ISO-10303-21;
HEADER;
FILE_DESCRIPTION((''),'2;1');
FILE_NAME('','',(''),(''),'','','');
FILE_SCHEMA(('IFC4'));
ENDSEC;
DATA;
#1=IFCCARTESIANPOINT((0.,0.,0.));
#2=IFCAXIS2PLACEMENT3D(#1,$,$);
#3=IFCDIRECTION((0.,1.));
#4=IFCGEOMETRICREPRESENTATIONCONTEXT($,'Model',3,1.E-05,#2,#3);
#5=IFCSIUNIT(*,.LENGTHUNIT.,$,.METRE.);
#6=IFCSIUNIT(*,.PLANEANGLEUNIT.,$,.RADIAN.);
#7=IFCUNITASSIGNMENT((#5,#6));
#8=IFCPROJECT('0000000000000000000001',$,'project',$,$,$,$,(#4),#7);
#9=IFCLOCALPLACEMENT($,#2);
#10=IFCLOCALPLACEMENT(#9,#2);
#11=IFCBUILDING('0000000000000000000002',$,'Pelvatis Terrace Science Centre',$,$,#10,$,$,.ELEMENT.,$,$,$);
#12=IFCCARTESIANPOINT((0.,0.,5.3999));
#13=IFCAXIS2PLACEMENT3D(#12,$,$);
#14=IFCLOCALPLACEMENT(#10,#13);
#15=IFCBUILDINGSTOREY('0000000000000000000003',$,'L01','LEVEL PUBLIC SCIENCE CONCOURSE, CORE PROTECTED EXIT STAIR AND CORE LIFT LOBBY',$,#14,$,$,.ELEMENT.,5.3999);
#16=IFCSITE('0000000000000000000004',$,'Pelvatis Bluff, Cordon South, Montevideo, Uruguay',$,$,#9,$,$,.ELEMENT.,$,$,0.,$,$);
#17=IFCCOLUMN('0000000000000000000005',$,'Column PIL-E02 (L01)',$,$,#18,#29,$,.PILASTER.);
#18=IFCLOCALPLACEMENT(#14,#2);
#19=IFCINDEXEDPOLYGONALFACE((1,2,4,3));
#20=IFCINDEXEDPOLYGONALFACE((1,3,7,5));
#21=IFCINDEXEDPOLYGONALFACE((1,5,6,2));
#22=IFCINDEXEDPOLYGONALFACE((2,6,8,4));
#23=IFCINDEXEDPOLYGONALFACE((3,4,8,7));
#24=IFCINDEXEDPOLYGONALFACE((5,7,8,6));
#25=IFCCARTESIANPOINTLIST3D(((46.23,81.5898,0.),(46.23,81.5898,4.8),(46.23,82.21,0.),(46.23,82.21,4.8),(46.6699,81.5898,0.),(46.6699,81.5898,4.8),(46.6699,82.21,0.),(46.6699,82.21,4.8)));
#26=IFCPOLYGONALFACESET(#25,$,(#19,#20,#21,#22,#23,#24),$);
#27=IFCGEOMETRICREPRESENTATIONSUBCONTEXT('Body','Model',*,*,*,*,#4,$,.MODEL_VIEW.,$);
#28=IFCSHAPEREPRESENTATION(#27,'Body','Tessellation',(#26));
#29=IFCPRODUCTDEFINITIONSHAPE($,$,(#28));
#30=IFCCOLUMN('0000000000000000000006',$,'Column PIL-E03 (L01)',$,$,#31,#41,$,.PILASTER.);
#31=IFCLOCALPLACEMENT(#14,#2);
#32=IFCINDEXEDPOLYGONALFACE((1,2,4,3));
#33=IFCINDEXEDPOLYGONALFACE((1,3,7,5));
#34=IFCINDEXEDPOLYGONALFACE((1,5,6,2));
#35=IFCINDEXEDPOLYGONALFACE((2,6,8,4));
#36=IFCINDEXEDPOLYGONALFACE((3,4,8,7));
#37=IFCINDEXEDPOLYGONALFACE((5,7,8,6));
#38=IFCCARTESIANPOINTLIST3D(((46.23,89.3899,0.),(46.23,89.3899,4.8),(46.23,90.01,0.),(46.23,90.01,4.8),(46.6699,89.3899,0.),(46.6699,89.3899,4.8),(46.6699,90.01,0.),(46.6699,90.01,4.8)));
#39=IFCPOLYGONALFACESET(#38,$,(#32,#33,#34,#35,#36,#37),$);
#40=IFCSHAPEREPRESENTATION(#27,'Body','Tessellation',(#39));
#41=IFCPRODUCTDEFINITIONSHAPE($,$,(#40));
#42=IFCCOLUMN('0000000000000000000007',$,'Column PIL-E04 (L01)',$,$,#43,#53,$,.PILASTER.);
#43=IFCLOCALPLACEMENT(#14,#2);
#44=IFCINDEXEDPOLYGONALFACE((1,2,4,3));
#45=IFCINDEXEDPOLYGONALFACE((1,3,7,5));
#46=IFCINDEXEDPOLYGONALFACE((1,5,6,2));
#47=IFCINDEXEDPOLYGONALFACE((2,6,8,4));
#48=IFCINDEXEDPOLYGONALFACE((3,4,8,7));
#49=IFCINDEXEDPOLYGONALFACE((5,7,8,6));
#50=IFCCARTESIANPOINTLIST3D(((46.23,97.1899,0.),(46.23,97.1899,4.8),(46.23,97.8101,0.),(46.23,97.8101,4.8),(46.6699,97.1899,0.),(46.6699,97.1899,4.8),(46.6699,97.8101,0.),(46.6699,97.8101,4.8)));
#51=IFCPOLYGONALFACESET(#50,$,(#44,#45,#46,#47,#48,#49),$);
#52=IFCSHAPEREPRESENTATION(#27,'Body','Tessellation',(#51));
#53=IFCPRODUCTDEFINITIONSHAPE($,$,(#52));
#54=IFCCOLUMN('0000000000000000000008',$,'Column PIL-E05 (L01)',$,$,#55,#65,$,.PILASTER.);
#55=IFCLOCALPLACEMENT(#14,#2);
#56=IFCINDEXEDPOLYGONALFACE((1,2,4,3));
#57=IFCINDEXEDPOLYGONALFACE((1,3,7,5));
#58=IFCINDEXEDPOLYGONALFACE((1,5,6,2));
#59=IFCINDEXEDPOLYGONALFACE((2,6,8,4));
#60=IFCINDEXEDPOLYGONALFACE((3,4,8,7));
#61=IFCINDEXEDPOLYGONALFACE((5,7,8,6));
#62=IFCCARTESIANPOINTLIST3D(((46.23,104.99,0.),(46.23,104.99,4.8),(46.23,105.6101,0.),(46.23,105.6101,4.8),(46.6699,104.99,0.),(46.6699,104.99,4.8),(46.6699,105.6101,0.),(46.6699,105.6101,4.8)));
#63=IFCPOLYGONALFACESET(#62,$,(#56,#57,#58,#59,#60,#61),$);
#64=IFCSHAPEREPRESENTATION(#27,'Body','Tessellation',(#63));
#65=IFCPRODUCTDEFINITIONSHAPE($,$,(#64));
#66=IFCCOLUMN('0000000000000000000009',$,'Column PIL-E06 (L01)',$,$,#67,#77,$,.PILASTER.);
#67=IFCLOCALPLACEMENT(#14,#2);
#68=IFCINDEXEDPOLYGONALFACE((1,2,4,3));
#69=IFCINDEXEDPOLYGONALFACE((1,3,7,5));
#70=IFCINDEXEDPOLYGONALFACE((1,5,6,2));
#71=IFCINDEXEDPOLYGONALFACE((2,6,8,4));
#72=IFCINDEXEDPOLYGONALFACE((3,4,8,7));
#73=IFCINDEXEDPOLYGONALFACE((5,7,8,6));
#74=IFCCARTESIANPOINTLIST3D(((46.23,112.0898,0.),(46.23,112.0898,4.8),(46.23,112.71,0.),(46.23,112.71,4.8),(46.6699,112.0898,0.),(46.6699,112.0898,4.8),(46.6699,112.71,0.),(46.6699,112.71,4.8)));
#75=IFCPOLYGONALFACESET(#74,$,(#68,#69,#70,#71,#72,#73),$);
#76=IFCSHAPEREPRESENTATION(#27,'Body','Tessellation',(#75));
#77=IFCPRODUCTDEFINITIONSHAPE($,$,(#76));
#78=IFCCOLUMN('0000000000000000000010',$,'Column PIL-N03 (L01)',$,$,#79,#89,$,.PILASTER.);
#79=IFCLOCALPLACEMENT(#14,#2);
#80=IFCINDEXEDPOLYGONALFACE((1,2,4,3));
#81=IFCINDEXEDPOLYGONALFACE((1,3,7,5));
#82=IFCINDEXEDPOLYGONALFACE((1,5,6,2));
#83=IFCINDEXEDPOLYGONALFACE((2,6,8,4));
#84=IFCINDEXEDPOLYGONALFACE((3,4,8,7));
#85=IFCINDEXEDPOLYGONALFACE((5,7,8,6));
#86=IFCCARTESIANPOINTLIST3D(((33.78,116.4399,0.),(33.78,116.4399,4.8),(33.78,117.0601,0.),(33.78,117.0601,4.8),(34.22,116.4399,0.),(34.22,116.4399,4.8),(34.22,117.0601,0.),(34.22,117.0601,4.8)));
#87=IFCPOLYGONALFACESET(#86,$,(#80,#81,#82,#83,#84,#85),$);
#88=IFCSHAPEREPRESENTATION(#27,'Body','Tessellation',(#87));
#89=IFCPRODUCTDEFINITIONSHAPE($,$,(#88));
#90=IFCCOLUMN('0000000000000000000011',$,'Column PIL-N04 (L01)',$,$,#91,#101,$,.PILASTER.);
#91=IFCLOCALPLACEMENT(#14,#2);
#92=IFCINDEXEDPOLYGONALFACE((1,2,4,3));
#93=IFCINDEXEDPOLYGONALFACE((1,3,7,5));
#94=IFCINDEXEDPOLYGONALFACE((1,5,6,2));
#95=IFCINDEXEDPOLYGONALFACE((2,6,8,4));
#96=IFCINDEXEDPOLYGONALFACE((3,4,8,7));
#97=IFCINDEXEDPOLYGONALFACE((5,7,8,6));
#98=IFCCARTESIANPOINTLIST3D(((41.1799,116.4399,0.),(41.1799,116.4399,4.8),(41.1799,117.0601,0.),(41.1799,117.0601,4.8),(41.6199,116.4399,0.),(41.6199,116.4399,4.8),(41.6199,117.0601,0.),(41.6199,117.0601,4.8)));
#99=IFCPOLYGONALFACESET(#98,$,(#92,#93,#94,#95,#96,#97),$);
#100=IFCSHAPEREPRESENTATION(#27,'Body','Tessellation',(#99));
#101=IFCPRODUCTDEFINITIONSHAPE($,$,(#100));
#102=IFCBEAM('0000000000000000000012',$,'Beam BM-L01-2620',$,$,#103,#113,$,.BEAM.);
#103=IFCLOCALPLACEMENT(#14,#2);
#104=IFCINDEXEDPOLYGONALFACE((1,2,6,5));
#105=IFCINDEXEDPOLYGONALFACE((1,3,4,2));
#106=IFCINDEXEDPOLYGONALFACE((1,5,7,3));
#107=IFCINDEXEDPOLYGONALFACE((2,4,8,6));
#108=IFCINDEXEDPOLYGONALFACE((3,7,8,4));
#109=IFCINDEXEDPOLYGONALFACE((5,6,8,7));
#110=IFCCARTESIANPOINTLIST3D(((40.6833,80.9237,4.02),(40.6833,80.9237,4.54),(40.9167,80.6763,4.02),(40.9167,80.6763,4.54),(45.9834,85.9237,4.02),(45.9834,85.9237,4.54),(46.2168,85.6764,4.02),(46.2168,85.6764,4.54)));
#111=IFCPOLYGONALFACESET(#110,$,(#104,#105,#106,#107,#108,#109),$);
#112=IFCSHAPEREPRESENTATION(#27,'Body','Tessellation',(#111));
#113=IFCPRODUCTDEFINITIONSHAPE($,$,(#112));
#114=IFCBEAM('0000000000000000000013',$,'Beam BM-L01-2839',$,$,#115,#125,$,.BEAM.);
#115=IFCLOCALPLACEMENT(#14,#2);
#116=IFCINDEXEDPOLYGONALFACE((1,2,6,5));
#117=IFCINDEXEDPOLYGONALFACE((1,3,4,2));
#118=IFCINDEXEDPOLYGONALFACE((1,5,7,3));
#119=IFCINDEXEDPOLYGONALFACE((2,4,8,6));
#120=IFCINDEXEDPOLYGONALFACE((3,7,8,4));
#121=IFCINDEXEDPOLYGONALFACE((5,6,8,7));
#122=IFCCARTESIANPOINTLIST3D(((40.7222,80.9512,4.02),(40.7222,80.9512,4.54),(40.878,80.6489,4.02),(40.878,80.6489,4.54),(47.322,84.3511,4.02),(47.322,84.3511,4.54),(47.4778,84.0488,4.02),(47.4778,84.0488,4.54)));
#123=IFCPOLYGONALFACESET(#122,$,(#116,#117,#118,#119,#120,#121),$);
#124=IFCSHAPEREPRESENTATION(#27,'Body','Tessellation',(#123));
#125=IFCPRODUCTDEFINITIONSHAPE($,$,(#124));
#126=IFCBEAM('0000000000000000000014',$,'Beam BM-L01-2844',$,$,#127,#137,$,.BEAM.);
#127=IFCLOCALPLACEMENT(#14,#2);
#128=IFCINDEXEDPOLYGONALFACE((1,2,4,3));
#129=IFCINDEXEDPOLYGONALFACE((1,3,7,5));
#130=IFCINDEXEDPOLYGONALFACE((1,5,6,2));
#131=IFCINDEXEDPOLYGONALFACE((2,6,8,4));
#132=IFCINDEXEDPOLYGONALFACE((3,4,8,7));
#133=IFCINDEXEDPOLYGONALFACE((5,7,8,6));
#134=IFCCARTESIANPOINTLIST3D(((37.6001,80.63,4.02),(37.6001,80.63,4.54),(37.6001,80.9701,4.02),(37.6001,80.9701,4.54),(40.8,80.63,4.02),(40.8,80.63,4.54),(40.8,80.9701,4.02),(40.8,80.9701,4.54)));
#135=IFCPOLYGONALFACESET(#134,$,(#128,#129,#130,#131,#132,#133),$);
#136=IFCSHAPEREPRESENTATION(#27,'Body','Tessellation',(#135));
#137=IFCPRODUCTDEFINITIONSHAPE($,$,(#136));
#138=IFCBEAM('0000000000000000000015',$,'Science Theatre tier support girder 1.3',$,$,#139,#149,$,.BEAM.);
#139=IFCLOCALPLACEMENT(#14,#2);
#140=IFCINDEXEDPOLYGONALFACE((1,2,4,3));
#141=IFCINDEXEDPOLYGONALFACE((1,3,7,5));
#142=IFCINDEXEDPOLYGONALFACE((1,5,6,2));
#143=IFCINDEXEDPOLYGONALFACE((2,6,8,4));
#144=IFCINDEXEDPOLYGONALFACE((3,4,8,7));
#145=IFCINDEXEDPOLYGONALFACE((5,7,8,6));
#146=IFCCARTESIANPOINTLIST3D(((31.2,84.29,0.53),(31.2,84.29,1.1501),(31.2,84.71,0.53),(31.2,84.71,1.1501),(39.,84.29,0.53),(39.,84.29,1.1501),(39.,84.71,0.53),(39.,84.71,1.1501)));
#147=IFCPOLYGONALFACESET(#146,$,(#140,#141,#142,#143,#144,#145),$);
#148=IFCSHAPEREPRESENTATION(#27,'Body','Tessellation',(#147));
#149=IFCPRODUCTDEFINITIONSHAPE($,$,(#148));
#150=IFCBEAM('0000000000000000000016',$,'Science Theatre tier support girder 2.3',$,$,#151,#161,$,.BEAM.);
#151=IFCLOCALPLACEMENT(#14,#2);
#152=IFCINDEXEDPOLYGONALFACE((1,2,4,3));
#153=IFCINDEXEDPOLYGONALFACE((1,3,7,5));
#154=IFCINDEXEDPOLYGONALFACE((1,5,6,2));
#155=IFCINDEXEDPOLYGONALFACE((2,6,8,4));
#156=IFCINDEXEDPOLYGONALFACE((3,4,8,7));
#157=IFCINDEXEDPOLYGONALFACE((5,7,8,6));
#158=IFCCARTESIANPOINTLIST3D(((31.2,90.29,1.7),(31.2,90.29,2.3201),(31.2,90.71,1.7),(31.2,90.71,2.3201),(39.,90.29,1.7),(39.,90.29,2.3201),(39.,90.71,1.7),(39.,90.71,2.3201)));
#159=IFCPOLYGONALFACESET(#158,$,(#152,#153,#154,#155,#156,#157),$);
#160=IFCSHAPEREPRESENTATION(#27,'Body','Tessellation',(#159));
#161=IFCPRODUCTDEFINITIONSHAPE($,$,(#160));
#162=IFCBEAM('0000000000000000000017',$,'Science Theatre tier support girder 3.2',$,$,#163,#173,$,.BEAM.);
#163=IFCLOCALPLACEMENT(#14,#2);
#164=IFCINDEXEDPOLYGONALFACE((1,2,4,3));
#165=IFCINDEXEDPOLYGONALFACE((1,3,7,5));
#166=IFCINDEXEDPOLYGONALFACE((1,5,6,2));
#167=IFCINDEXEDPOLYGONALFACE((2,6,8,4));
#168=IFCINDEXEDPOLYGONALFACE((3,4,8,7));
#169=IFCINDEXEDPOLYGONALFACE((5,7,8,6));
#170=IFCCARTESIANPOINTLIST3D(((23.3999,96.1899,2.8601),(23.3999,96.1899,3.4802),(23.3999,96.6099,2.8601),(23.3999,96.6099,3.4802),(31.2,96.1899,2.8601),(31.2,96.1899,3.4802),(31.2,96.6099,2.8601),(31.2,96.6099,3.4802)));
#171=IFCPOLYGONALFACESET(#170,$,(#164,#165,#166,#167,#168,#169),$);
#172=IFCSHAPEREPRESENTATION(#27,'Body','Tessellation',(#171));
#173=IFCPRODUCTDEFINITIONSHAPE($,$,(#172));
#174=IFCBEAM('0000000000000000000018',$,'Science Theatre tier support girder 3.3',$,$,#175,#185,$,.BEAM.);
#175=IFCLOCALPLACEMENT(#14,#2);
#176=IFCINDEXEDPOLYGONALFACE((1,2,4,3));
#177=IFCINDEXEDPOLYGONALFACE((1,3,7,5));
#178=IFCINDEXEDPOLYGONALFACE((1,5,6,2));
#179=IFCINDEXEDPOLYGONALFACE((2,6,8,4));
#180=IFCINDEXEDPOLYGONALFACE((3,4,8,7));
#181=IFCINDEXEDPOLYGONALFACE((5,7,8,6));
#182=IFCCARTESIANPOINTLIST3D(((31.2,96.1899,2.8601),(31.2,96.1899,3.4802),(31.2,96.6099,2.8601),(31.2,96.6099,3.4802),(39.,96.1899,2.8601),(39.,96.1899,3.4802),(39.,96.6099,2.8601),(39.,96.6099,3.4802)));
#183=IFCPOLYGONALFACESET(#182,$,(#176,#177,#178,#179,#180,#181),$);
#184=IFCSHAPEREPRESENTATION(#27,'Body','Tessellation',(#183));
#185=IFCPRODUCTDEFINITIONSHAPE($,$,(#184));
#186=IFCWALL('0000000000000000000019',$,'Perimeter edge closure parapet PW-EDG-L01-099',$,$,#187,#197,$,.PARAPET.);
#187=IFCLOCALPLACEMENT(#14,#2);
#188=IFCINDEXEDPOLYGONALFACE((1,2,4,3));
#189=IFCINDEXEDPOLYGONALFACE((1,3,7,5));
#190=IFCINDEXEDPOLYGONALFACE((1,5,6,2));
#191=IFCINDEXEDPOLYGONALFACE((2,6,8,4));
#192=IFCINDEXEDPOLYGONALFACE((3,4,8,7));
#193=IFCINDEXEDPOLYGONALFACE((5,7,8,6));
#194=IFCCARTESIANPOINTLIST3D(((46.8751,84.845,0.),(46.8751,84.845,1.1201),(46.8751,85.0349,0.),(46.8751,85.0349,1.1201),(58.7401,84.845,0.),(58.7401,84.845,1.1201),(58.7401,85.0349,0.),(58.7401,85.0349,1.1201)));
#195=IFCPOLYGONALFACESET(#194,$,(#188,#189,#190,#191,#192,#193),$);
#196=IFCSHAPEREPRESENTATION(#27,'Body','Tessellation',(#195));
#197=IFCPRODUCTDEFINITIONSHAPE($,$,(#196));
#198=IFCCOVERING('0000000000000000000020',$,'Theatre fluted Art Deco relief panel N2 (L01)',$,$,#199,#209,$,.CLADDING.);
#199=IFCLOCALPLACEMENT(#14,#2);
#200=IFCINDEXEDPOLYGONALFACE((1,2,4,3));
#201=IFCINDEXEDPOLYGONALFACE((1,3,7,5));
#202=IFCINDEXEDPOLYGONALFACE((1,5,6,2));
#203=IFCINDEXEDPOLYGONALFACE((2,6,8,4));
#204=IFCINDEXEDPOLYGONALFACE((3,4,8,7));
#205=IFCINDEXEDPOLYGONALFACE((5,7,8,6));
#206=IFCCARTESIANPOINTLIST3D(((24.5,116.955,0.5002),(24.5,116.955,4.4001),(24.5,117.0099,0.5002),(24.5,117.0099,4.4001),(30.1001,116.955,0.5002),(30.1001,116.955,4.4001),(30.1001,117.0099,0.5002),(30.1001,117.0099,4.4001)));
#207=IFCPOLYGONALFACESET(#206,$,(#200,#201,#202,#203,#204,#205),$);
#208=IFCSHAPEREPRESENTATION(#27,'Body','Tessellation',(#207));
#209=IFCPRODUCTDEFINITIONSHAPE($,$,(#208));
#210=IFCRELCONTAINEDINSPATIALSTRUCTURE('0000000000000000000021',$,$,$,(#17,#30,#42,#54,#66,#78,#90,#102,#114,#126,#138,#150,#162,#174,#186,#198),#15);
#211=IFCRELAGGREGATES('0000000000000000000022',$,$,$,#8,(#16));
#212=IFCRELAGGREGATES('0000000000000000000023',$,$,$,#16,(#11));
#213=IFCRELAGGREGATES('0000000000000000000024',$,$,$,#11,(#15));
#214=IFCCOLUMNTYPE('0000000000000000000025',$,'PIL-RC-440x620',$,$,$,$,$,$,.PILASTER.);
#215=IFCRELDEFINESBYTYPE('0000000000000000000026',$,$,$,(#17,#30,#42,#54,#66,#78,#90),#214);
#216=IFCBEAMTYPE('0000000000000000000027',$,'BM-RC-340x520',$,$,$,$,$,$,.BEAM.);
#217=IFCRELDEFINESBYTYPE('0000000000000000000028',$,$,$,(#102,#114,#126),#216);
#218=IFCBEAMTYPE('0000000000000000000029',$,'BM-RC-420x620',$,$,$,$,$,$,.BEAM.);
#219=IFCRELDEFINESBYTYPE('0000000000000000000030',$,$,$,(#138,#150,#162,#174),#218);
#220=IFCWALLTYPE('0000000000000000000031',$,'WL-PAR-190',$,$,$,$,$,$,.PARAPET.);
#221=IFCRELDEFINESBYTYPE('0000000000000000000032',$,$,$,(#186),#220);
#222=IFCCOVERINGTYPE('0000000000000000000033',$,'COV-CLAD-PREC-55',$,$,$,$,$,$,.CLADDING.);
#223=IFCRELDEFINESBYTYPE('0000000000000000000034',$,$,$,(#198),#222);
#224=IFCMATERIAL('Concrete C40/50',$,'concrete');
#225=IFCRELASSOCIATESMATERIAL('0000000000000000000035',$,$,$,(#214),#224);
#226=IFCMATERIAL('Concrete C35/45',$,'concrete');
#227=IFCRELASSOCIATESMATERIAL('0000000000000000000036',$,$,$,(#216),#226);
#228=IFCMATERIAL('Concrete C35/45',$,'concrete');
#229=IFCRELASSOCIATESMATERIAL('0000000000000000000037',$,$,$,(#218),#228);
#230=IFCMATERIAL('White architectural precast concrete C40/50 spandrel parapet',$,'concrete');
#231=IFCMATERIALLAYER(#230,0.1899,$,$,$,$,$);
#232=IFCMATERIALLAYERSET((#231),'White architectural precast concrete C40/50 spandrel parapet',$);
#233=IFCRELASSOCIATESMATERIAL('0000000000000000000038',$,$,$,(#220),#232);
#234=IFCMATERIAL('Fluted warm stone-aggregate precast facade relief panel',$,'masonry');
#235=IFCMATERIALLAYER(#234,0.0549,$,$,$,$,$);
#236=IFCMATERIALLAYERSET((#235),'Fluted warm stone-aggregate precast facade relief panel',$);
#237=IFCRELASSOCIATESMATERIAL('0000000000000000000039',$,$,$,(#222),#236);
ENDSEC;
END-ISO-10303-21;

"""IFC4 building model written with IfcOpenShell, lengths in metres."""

from ifc_helpers import new_model, si_unit, direction, frame, frame_2d, origin, origin_2d, place, context, subcontext, project, spatial, rectangle, extrude, material, layer, layer_set, material_profile, profile_set, type_object, element, save


model = new_model("IFC4")

# Units and contexts
model_context = context("Model", 3, precision=1e-05, world=origin(), true_north=direction((0.0, 1.0)))
body_context = subcontext(model_context, "Body", "Model", "MODEL_VIEW")
ifc_project = project(units=[si_unit("LENGTHUNIT", "METRE"), si_unit("PLANEANGLEUNIT", "RADIAN")], contexts=[model_context])

# Site, building, storey
site_placement = place(None, origin())
site = spatial("IfcSite", under=ifc_project, at=site_placement, Name="Pelvatis Bluff, Cordon South, Montevideo, Uruguay", CompositionType="ELEMENT", RefElevation=0.0)
building_placement = place(site_placement, origin())
building = spatial("IfcBuilding", under=site, at=building_placement, Name="Pelvatis Terrace Science Centre", CompositionType="ELEMENT")
storey_placement = place(building_placement, frame((0.0, 0.0, 5.3999)))
storey = spatial("IfcBuildingStorey", under=building, at=storey_placement, Name="L01", Description="LEVEL PUBLIC SCIENCE CONCOURSE, CORE PROTECTED EXIT STAIR AND CORE LIFT LOBBY", CompositionType="ELEMENT", Elevation=5.3999)

# Columns
ifc_material_1 = material(Name="Concrete C40/50", Category="concrete")
ifc_material_profile_1 = material_profile(ifc_material_1, rectangle(XDim=0.4399, YDim=0.6201, at=origin_2d()), Name="RC-PIL 440x620")
ifc_profile_set_1 = profile_set([ifc_material_profile_1], Name="Concrete C40/50")
column_type_1 = type_object("IfcColumnType", Name="PIL-RC-440x620", PredefinedType="PILASTER", material=ifc_profile_set_1)
for number, where, z_axis, x_axis, name in (
    (1, (46.45, 81.8999, 0.0), (0.0, 0.0, 1.0), (1.0, 0.0, 0.0), "Column PIL-E02 (L01)"),
    (2, (46.45, 89.7, 0.0), (0.0, 0.0, 1.0), (1.0, 0.0, 0.0), "Column PIL-E03 (L01)"),
    (3, (46.45, 97.5, 0.0), (0.0, 0.0, 1.0), (1.0, 0.0, 0.0), "Column PIL-E04 (L01)"),
    (4, (46.45, 105.3, 0.0), (0.0, 0.0, 1.0), (1.0, 0.0, 0.0), "Column PIL-E05 (L01)"),
    (5, (46.45, 112.3999, 0.0), (0.0, 0.0, 1.0), (1.0, 0.0, 0.0), "Column PIL-E06 (L01)"),
    (6, (34.0, 116.75, 0.0), (0.0, 0.0, 1.0), (1.0, 0.0, 0.0), "Column PIL-N03 (L01)"),
    (7, (41.3999, 116.75, 0.0), (0.0, 0.0, 1.0), (1.0, 0.0, 0.0), "Column PIL-N04 (L01)"),
):
    element("IfcColumn", number, at=place(storey_placement, frame(where, z_axis=z_axis, x_axis=x_axis)), inside=storey, type_object=column_type_1, Name=name, PredefinedType="PILASTER", context=body_context, shape_type="SweptSolid", body=[
        extrude(rectangle(XDim=0.4399, YDim=0.6201, at=origin_2d()), origin(), (0.0, 0.0, 1.0), 4.8),
    ])

# Beams
ifc_material_2 = material(Name="Concrete C35/45", Category="concrete")
ifc_material_profile_2 = material_profile(ifc_material_2, rectangle(XDim=0.3401, YDim=0.52, at=origin_2d()), Name="RC-BM 340x520")
ifc_profile_set_2 = profile_set([ifc_material_profile_2], Name="Concrete C35/45")
beam_type_1 = type_object("IfcBeamType", Name="BM-RC-340x520", PredefinedType="BEAM", material=ifc_profile_set_2)
beam_1_placement = place(storey_placement, frame((46.1001, 85.8, 4.28), z_axis=(-0.727397, -0.686217, 0.0), x_axis=(0.686217, -0.727397, 0.0)))
element("IfcBeam", 8, at=beam_1_placement, inside=storey, type_object=beam_type_1, Name="Beam BM-L01-2620", PredefinedType="BEAM", context=body_context, shape_type="SweptSolid", body=[
    extrude(rectangle(XDim=0.3401, YDim=0.52, at=origin_2d()), origin(), (0.0, 0.0, 1.0), 7.2864),
])
beam_2_placement = place(storey_placement, frame((47.3999, 84.2, 4.28), z_axis=(-0.888976, -0.457954, 0.0), x_axis=(0.457954, -0.888976, 0.0)))
element("IfcBeam", 9, at=beam_2_placement, inside=storey, type_object=beam_type_1, Name="Beam BM-L01-2839", PredefinedType="BEAM", context=body_context, shape_type="SweptSolid", body=[
    extrude(rectangle(XDim=0.3401, YDim=0.52, at=origin_2d()), origin(), (0.0, 0.0, 1.0), 7.4241),
])
beam_3_placement = place(storey_placement, frame((37.6001, 80.8, 4.28), z_axis=(1.0, 0.0, 0.0), x_axis=(0.0, 1.0, 0.0)))
element("IfcBeam", 10, at=beam_3_placement, inside=storey, type_object=beam_type_1, Name="Beam BM-L01-2844", PredefinedType="BEAM", context=body_context, shape_type="SweptSolid", body=[
    extrude(rectangle(XDim=0.3401, YDim=0.52, at=origin_2d()), origin(), (0.0, 0.0, 1.0), 3.2),
])
ifc_material_3 = material(Name="Concrete C35/45", Category="concrete")
ifc_material_profile_3 = material_profile(ifc_material_3, rectangle(XDim=0.4199, YDim=0.6201, at=origin_2d()), Name="RC-BM 420x620")
ifc_profile_set_3 = profile_set([ifc_material_profile_3], Name="Concrete C35/45")
beam_type_2 = type_object("IfcBeamType", Name="BM-RC-420x620", PredefinedType="BEAM", material=ifc_profile_set_3)
for number, where, z_axis, x_axis, name in (
    (11, (31.2, 84.5, 0.8401), (1.0, 0.0, 0.0), (0.0, 1.0, 0.0), "Science Theatre tier support girder 1.3"),
    (12, (31.2, 90.5, 2.01), (1.0, 0.0, 0.0), (0.0, 1.0, 0.0), "Science Theatre tier support girder 2.3"),
    (13, (23.3999, 96.3999, 3.1702), (1.0, 0.0, 0.0), (0.0, 1.0, 0.0), "Science Theatre tier support girder 3.2"),
    (14, (31.2, 96.3999, 3.1702), (1.0, 0.0, 0.0), (0.0, 1.0, 0.0), "Science Theatre tier support girder 3.3"),
):
    element("IfcBeam", number, at=place(storey_placement, frame(where, z_axis=z_axis, x_axis=x_axis)), inside=storey, type_object=beam_type_2, Name=name, PredefinedType="BEAM", context=body_context, shape_type="SweptSolid", body=[
        extrude(rectangle(XDim=0.4199, YDim=0.6201, at=origin_2d()), origin(), (0.0, 0.0, 1.0), 7.8),
    ])

# Wall
ifc_material_4 = material(Name="White architectural precast concrete C40/50 spandrel parapet", Category="concrete")
ifc_layer_1 = layer(ifc_material_4, 0.1899)
ifc_layer_set_1 = layer_set([ifc_layer_1], Name="White architectural precast concrete C40/50 spandrel parapet")
wall_type = type_object("IfcWallType", Name="WL-PAR-190", PredefinedType="PARAPET", material=ifc_layer_set_1)
wall_placement = place(storey_placement, frame((46.875, 84.9399, 0.0), z_axis=(0.0, 0.0, 1.0), x_axis=(1.0, 0.0, 0.0)))
element("IfcWall", 15, at=wall_placement, inside=storey, type_object=wall_type, Name="Perimeter edge closure parapet PW-EDG-L01-099", PredefinedType="PARAPET", context=body_context, shape_type="SweptSolid", body=[
    extrude(rectangle(XDim=11.865, YDim=0.1899, at=frame_2d((5.9326, 0.0))), origin(), (0.0, 0.0, 1.0), 1.1201),
])

# Covering
ifc_material_5 = material(Name="Fluted warm stone-aggregate precast facade relief panel", Category="masonry")
ifc_layer_2 = layer(ifc_material_5, 0.0549)
ifc_layer_set_2 = layer_set([ifc_layer_2], Name="Fluted warm stone-aggregate precast facade relief panel")
covering_type = type_object("IfcCoveringType", Name="COV-CLAD-PREC-55", PredefinedType="CLADDING", material=ifc_layer_set_2)
for number, where, z_axis, x_axis, name in (
    (16, (27.3, 116.9824, 0.5002), (0.0, 0.0, 1.0), (1.0, 0.0, 0.0), "Theatre fluted Art Deco relief panel N2 (L01)"),
):
    element("IfcCovering", number, at=place(storey_placement, frame(where, z_axis=z_axis, x_axis=x_axis)), inside=storey, type_object=covering_type, Name=name, PredefinedType="CLADDING", context=body_context, shape_type="SweptSolid", body=[
        extrude(rectangle(XDim=5.6001, YDim=0.0549, at=origin_2d()), origin(), (0.0, 0.0, 1.0), 3.8999),
    ])

save(model, "model.ifc")
